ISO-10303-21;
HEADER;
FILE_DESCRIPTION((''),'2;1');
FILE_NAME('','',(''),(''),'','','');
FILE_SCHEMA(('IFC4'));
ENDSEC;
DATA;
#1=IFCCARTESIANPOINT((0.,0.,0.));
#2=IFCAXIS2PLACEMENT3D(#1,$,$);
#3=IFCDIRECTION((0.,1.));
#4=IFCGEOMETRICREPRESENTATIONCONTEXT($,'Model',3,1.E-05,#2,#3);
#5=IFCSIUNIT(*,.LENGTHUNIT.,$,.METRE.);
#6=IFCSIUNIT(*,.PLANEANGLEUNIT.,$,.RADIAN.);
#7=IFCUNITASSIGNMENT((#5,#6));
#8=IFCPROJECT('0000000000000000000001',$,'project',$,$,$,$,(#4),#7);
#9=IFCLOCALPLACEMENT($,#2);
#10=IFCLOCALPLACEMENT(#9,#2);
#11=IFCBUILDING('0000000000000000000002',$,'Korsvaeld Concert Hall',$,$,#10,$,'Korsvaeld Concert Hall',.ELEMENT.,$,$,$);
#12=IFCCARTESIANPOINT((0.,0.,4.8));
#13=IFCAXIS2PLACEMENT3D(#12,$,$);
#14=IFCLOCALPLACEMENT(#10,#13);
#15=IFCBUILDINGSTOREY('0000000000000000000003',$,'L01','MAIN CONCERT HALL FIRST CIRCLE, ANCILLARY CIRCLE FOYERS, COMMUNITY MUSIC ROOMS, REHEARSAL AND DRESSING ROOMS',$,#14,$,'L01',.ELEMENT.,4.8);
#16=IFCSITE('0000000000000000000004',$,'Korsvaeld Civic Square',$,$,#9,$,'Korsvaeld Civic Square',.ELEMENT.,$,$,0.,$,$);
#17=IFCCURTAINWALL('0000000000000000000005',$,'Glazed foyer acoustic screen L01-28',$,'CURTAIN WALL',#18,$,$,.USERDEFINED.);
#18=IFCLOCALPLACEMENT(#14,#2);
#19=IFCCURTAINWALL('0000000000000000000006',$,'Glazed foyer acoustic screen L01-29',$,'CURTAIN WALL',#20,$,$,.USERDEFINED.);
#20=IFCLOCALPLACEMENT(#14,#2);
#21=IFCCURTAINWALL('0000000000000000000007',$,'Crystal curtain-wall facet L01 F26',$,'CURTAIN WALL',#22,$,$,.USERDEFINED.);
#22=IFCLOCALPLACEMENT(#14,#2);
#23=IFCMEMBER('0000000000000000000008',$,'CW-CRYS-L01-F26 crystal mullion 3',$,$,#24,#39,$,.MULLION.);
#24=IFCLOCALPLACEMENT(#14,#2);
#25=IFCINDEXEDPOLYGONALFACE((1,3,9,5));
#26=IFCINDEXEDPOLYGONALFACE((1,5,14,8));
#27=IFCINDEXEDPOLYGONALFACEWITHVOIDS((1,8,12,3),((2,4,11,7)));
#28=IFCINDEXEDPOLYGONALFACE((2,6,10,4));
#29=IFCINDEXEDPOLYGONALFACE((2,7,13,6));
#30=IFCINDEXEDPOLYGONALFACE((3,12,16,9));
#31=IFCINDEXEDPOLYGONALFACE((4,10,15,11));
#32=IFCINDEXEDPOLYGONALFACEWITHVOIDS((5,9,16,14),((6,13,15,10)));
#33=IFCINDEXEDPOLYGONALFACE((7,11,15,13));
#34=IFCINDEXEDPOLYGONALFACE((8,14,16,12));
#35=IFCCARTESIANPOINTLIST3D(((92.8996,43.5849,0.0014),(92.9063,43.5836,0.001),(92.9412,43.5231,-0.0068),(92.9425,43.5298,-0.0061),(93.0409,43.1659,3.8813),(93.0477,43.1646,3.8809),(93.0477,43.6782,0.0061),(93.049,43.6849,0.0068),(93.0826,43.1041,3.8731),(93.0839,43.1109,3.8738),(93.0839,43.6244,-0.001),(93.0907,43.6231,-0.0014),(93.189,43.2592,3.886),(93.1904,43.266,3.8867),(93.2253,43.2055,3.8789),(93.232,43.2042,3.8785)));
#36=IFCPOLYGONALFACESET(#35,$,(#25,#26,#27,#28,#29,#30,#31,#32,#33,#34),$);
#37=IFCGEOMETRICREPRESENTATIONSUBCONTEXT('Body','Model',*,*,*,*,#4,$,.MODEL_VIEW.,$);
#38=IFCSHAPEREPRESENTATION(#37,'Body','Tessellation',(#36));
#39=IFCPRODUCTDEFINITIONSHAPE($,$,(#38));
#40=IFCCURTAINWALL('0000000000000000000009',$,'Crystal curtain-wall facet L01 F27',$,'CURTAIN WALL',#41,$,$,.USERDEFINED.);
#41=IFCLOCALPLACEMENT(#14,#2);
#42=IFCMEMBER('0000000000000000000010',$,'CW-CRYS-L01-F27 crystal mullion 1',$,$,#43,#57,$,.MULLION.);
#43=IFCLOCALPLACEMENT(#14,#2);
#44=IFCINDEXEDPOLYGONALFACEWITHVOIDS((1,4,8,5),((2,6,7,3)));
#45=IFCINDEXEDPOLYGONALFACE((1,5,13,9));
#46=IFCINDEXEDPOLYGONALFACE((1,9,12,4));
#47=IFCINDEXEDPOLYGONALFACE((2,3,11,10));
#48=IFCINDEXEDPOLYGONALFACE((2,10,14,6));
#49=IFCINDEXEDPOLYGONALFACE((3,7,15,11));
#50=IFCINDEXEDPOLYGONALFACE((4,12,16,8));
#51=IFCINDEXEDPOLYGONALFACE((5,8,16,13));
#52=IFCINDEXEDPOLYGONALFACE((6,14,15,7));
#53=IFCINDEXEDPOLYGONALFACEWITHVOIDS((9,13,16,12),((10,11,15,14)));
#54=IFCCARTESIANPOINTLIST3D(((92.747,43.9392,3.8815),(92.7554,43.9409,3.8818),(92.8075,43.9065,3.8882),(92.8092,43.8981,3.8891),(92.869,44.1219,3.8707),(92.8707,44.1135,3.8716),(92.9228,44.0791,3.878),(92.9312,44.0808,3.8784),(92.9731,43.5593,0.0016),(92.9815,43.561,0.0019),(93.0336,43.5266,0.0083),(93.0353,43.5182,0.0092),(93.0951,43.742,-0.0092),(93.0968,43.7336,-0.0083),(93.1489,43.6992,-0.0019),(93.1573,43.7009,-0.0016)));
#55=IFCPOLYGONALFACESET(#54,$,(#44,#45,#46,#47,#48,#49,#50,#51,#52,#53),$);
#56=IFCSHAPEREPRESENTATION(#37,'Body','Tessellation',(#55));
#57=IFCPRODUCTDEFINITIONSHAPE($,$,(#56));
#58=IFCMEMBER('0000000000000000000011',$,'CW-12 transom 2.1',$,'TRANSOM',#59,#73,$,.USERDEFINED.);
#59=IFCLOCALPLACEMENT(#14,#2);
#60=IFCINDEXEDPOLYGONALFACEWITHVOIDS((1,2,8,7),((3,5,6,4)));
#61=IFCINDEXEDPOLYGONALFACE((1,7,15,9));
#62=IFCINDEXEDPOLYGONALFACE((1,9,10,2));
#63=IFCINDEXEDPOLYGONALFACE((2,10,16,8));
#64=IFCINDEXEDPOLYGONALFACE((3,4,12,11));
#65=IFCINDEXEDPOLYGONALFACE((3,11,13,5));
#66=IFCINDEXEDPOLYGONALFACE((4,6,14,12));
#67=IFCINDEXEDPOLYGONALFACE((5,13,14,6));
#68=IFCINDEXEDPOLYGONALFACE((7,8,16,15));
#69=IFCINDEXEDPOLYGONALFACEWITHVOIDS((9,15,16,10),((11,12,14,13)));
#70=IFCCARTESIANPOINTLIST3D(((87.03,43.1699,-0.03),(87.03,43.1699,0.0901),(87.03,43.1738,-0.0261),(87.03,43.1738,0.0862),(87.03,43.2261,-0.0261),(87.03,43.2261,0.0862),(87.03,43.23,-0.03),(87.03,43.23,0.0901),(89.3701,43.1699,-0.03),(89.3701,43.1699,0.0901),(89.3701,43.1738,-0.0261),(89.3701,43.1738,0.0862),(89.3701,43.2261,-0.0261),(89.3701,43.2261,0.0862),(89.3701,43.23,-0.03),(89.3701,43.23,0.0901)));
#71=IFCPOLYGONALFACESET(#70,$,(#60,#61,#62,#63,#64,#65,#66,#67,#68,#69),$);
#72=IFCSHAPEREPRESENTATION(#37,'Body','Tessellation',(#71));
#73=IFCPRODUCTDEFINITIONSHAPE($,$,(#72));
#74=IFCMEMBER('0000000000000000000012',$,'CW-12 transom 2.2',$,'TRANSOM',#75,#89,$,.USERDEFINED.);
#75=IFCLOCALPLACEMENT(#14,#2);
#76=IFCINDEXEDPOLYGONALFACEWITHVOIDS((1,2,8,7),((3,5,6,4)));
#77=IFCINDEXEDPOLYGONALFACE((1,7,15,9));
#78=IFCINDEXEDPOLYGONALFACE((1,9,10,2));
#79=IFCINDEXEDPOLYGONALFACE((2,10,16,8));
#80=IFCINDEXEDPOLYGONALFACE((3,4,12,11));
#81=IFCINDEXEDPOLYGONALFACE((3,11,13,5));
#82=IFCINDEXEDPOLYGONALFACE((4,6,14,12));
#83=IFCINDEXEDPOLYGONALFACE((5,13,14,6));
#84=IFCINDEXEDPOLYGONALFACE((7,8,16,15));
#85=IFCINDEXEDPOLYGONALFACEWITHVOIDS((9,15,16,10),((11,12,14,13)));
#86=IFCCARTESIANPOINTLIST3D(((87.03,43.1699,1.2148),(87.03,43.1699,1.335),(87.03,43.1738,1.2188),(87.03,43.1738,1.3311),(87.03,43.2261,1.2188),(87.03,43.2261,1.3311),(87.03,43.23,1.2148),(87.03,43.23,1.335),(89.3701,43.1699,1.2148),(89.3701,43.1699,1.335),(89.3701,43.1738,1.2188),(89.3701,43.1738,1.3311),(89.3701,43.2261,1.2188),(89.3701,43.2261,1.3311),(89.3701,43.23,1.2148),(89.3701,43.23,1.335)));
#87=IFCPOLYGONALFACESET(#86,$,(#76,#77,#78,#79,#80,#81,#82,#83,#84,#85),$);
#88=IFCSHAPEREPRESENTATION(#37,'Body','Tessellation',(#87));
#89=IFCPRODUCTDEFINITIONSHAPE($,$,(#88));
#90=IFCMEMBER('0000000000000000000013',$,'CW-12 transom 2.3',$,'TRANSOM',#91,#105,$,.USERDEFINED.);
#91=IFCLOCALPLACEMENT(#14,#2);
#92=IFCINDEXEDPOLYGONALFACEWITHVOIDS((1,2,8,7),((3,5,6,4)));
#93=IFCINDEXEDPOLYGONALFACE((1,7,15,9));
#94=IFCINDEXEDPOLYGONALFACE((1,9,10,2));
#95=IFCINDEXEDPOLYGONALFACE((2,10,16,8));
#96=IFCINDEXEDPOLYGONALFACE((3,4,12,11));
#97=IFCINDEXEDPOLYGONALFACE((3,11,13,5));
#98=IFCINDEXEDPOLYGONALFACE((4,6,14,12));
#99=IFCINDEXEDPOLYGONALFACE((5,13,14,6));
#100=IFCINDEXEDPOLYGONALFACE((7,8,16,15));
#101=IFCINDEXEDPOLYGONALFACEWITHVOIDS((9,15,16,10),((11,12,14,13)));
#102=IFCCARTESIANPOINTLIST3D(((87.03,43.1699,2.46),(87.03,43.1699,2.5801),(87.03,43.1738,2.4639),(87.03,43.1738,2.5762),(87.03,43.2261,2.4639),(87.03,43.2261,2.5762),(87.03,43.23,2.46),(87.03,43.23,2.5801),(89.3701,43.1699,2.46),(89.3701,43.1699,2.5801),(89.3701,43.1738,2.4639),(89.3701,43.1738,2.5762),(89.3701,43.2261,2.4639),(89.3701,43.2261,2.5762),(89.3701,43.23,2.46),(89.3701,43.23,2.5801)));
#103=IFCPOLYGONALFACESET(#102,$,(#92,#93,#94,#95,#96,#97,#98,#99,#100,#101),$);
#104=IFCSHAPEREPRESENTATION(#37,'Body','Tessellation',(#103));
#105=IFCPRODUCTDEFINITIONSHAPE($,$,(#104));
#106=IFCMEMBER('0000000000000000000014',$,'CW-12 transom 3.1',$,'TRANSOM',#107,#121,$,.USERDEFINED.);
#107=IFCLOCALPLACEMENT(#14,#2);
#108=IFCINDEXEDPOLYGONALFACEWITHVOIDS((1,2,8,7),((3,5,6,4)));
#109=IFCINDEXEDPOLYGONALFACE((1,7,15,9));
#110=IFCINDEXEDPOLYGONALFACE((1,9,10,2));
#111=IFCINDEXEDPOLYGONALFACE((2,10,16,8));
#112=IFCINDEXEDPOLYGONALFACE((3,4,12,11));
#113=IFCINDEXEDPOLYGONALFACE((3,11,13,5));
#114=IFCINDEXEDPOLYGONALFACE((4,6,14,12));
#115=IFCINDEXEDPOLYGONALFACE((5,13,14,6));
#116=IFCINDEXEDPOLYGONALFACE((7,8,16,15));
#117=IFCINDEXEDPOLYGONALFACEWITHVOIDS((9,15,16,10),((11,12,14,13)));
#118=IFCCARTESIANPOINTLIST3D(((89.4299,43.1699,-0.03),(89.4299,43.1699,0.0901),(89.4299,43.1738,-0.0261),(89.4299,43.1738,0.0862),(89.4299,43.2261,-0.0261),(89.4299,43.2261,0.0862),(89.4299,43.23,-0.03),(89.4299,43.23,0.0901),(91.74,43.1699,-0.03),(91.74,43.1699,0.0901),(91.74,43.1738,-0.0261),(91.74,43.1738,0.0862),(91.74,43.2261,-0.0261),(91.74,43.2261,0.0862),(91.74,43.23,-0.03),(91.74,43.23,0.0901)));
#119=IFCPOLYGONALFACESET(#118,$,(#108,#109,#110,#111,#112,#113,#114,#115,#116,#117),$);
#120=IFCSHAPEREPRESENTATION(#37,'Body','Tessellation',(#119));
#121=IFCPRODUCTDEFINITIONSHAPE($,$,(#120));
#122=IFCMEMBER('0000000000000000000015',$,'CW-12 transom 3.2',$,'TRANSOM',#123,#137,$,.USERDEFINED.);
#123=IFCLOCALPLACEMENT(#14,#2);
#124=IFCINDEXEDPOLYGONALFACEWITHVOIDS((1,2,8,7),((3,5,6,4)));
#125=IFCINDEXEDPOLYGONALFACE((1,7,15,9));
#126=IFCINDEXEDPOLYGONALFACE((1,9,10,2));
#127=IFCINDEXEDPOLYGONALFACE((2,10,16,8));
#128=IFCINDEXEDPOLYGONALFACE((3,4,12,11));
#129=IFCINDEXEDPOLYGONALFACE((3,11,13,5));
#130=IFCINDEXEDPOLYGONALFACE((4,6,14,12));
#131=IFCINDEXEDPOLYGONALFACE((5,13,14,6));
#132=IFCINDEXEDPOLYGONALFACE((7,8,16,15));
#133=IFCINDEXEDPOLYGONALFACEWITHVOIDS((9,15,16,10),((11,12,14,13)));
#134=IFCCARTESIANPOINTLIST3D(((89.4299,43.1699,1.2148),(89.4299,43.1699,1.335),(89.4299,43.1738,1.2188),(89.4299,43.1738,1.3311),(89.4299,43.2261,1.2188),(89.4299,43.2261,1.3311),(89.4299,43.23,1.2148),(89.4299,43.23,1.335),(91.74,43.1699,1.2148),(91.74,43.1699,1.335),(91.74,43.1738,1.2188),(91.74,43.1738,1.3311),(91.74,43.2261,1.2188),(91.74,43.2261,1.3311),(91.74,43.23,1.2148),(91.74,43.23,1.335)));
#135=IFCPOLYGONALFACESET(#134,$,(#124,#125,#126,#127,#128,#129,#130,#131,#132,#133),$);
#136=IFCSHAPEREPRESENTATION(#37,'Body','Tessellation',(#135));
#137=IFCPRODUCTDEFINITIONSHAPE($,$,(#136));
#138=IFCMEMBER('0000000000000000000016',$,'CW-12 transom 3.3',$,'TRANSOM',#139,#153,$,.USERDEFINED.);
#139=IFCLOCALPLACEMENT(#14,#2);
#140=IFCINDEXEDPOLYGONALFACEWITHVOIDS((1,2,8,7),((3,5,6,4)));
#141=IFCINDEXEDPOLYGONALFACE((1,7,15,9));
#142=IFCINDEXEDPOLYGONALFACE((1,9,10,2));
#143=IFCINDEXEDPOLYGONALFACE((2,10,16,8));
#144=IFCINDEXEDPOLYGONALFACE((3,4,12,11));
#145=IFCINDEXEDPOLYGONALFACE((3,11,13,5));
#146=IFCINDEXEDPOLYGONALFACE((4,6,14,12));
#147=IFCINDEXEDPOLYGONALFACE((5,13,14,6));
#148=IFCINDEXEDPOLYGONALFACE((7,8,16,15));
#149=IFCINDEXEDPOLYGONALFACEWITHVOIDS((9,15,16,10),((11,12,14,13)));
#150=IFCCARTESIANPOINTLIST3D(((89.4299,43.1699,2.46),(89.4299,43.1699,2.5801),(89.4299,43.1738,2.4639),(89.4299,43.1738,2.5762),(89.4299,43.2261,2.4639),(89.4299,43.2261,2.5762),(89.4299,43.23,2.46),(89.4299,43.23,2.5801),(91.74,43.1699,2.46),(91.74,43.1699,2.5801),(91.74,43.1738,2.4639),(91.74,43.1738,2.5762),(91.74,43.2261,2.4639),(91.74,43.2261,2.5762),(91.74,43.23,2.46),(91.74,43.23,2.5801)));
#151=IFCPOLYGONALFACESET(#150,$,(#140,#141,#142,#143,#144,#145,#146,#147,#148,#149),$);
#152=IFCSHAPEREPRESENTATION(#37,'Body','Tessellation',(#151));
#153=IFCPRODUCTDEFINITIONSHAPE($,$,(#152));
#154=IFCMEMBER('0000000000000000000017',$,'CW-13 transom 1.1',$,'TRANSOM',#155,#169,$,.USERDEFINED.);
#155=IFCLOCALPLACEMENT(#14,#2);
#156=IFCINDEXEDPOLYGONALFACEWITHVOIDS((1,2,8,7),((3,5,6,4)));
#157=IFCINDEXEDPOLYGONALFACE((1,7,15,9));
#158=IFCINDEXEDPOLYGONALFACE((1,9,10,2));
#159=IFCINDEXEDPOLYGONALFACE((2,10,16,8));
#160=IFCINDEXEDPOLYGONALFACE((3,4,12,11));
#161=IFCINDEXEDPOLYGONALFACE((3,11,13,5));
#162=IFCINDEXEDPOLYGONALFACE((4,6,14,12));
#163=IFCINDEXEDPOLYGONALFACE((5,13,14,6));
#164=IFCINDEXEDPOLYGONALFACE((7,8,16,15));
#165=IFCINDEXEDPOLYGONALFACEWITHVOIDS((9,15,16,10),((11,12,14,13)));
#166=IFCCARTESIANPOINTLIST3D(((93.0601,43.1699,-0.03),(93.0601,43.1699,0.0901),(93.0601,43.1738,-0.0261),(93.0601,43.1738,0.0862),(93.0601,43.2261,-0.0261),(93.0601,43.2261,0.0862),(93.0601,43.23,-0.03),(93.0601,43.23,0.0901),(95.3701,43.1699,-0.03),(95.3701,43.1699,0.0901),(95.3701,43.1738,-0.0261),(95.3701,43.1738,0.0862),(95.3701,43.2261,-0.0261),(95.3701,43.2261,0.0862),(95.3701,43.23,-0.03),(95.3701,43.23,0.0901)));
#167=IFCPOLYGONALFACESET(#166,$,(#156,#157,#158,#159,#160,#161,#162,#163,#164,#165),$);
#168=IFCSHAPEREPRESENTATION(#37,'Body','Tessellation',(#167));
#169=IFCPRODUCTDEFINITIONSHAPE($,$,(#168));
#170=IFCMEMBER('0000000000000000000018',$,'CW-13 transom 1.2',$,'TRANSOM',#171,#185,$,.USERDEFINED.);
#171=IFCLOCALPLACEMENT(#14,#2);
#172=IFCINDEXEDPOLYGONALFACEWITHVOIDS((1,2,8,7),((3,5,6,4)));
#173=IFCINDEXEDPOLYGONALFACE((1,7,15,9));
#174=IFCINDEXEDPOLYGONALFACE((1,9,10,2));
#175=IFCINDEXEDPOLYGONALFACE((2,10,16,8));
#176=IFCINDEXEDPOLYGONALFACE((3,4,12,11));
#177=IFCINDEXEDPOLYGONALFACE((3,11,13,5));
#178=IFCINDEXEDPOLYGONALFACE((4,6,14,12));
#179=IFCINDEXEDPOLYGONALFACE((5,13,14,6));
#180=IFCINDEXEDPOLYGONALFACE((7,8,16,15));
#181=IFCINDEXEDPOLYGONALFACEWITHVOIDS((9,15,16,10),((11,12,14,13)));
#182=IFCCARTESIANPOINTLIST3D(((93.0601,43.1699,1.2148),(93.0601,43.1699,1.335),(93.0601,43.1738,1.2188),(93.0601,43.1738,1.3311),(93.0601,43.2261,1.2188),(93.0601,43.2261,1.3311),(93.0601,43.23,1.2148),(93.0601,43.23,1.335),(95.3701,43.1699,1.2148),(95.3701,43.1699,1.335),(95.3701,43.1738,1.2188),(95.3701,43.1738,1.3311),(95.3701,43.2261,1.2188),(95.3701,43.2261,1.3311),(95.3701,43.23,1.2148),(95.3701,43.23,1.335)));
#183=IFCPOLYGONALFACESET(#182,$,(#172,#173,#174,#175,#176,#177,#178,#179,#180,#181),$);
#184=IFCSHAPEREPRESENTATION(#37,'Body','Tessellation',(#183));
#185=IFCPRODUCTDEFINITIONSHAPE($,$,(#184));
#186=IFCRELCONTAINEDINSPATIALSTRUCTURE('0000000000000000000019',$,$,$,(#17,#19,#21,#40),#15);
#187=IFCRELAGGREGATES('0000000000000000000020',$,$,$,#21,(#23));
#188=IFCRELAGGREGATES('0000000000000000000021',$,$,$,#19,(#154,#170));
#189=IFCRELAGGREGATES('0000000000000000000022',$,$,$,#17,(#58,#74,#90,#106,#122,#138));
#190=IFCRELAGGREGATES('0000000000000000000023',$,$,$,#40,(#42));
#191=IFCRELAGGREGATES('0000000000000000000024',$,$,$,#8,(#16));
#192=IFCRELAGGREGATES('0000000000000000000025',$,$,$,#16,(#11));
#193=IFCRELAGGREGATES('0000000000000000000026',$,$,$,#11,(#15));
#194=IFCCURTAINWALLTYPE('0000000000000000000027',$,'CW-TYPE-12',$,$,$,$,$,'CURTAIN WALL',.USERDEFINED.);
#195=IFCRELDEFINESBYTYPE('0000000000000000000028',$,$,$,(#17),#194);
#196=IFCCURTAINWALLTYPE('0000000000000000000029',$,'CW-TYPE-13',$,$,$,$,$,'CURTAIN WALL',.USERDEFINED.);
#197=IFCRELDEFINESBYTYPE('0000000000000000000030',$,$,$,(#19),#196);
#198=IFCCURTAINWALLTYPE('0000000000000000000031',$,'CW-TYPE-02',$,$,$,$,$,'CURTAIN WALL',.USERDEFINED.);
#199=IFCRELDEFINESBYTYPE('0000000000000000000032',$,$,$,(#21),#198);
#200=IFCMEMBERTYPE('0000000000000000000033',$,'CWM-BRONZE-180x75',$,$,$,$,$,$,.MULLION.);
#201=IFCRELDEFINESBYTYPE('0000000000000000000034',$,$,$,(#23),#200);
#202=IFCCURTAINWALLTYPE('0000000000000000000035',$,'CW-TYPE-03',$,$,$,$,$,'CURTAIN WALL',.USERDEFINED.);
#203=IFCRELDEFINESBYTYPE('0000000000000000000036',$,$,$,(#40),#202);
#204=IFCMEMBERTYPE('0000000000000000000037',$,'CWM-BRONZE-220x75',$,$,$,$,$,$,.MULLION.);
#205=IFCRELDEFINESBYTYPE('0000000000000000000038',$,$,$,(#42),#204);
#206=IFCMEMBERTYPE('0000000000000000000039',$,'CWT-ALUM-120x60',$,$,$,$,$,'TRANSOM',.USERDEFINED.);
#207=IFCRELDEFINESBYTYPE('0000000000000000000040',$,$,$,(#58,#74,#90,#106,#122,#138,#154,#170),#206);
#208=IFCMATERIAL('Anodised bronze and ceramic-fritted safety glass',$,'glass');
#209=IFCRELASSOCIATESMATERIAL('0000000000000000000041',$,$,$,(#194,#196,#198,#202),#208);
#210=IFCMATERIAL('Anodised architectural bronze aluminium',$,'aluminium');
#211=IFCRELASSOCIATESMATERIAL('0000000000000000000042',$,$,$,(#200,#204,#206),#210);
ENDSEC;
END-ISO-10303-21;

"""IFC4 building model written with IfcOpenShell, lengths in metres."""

from ifc_helpers import new_model, si_unit, direction, frame, origin, origin_2d, place, context, subcontext, project, spatial, hollow_rectangle, extrude, material, material_profile, profile_set, type_object, element, aggregate, save


model = new_model("IFC4")

# Units and contexts
model_context = context("Model", 3, precision=1e-05, world=origin(), true_north=direction((0.0, 1.0)))
body_context = subcontext(model_context, "Body", "Model", "MODEL_VIEW")
ifc_project = project(units=[si_unit("LENGTHUNIT", "METRE"), si_unit("PLANEANGLEUNIT", "RADIAN")], contexts=[model_context])

# Site, building, storey
site_placement = place(None, origin())
site = spatial("IfcSite", under=ifc_project, at=site_placement, Name="Korsvaeld Civic Square", LongName="Korsvaeld Civic Square", CompositionType="ELEMENT", RefElevation=0.0)
building_placement = place(site_placement, origin())
building = spatial("IfcBuilding", under=site, at=building_placement, Name="Korsvaeld Concert Hall", LongName="Korsvaeld Concert Hall", CompositionType="ELEMENT")
storey_placement = place(building_placement, frame((0.0, 0.0, 4.8)))
storey = spatial("IfcBuildingStorey", under=building, at=storey_placement, Name="L01", Description="MAIN CONCERT HALL FIRST CIRCLE, ANCILLARY CIRCLE FOYERS, COMMUNITY MUSIC ROOMS, REHEARSAL AND DRESSING ROOMS", LongName="L01", CompositionType="ELEMENT", Elevation=4.8)

# Curtain wall
ifc_material_1 = material(Name="Anodised bronze and ceramic-fritted safety glass", Category="glass")
curtain_wall_type_1 = type_object("IfcCurtainWallType", Name="CW-TYPE-12", ElementType="CURTAIN WALL", PredefinedType="USERDEFINED", material=ifc_material_1)
curtain_wall_1_placement = place(storey_placement, origin())
curtain_wall_1 = element("IfcCurtainWall", 1, at=curtain_wall_1_placement, inside=storey, type_object=curtain_wall_type_1, Name="Glazed foyer acoustic screen L01-28", ObjectType="CURTAIN WALL", PredefinedType="USERDEFINED")
ifc_material_2 = material(Name="Anodised architectural bronze aluminium", Category="aluminium")

# Curtain walls, members
curtain_wall_type_2 = type_object("IfcCurtainWallType", Name="CW-TYPE-13", ElementType="CURTAIN WALL", PredefinedType="USERDEFINED", material=ifc_material_1)
curtain_wall_2_placement = place(storey_placement, origin())
curtain_wall_2 = element("IfcCurtainWall", 2, at=curtain_wall_2_placement, inside=storey, type_object=curtain_wall_type_2, Name="Glazed foyer acoustic screen L01-29", ObjectType="CURTAIN WALL", PredefinedType="USERDEFINED")
curtain_wall_type_3 = type_object("IfcCurtainWallType", Name="CW-TYPE-02", ElementType="CURTAIN WALL", PredefinedType="USERDEFINED", material=ifc_material_1)
curtain_wall_3_placement = place(storey_placement, origin())
curtain_wall_3 = element("IfcCurtainWall", 3, at=curtain_wall_3_placement, inside=storey, type_object=curtain_wall_type_3, Name="Crystal curtain-wall facet L01 F26", ObjectType="CURTAIN WALL", PredefinedType="USERDEFINED")
ifc_material_profile_1 = material_profile(ifc_material_2, hollow_rectangle(XDim=0.075, YDim=0.1799, WallThickness=0.0049, at=origin_2d()), Name="CWM 180x75x5")
ifc_profile_set_1 = profile_set([ifc_material_profile_1], Name="Anodised architectural bronze aluminium")
member_type_1 = type_object("IfcMemberType", Name="CWM-BRONZE-180x75", PredefinedType="MULLION", material=ifc_profile_set_1)
member_1_placement = place(storey_placement, frame((92.9951, 43.604, 0.0), z_axis=(0.036199, -0.107284, 0.993569), x_axis=(-0.555586, 0.824251, 0.109244)))
member_1 = element("IfcMember", 4, at=member_1_placement, type_object=member_type_1, Name="CW-CRYS-L01-F26 crystal mullion 3", PredefinedType="MULLION", context=body_context, shape_type="SweptSolid", body=[
    extrude(hollow_rectangle(XDim=0.075, YDim=0.1799, WallThickness=0.0049, at=origin_2d()), origin(), (0.0, 0.0, 1.0), 3.905),
])
aggregate(curtain_wall_3, [member_1])
curtain_wall_type_4 = type_object("IfcCurtainWallType", Name="CW-TYPE-03", ElementType="CURTAIN WALL", PredefinedType="USERDEFINED", material=ifc_material_1)
curtain_wall_4_placement = place(storey_placement, origin())
curtain_wall_4 = element("IfcCurtainWall", 5, at=curtain_wall_4_placement, inside=storey, type_object=curtain_wall_type_4, Name="Crystal curtain-wall facet L01 F27", ObjectType="CURTAIN WALL", PredefinedType="USERDEFINED")
ifc_material_profile_2 = material_profile(ifc_material_2, hollow_rectangle(XDim=0.075, YDim=0.22, WallThickness=0.0061, at=origin_2d()), Name="CWM 220x75x6")
ifc_profile_set_2 = profile_set([ifc_material_profile_2], Name="Anodised architectural bronze aluminium")
member_type_2 = type_object("IfcMemberType", Name="CWM-BRONZE-220x75", PredefinedType="MULLION", material=ifc_profile_set_2)
member_2_placement = place(storey_placement, frame((93.0652, 43.6301, 0.0), z_axis=(-0.057894, 0.097281, 0.993572), x_axis=(0.829999, -0.548349, 0.102052)))
member_2 = element("IfcMember", 6, at=member_2_placement, type_object=member_type_2, Name="CW-CRYS-L01-F27 crystal mullion 1", PredefinedType="MULLION", context=body_context, shape_type="SweptSolid", body=[
    extrude(hollow_rectangle(XDim=0.075, YDim=0.22, WallThickness=0.0061, at=origin_2d()), origin(), (0.0, 0.0, 1.0), 3.905),
])

# Members
ifc_material_profile_3 = material_profile(ifc_material_2, hollow_rectangle(XDim=0.0601, YDim=0.1201, WallThickness=0.0039, at=origin_2d()), Name="CWT 120x60x4")
ifc_profile_set_3 = profile_set([ifc_material_profile_3], Name="Anodised architectural bronze aluminium")
member_type_3 = type_object("IfcMemberType", Name="CWT-ALUM-120x60", ElementType="TRANSOM", PredefinedType="USERDEFINED", material=ifc_profile_set_3)
member_3_placement = place(storey_placement, frame((87.03, 43.2, 0.03), z_axis=(1.0, 0.0, 0.0), x_axis=(0.0, 1.0, 0.0)))
member_3 = element("IfcMember", 7, at=member_3_placement, type_object=member_type_3, Name="CW-12 transom 2.1", ObjectType="TRANSOM", PredefinedType="USERDEFINED", context=body_context, shape_type="SweptSolid", body=[
    extrude(hollow_rectangle(XDim=0.0601, YDim=0.1201, WallThickness=0.0039, at=origin_2d()), origin(), (0.0, 0.0, 1.0), 2.3401),
])
member_4_placement = place(storey_placement, frame((87.03, 43.2, 1.2749), z_axis=(1.0, 0.0, 0.0), x_axis=(0.0, 1.0, 0.0)))
member_4 = element("IfcMember", 8, at=member_4_placement, type_object=member_type_3, Name="CW-12 transom 2.2", ObjectType="TRANSOM", PredefinedType="USERDEFINED", context=body_context, shape_type="SweptSolid", body=[
    extrude(hollow_rectangle(XDim=0.0601, YDim=0.1201, WallThickness=0.0039, at=origin_2d()), origin(), (0.0, 0.0, 1.0), 2.3401),
])
member_5_placement = place(storey_placement, frame((87.03, 43.2, 2.52), z_axis=(1.0, 0.0, 0.0), x_axis=(0.0, 1.0, 0.0)))
member_5 = element("IfcMember", 9, at=member_5_placement, type_object=member_type_3, Name="CW-12 transom 2.3", ObjectType="TRANSOM", PredefinedType="USERDEFINED", context=body_context, shape_type="SweptSolid", body=[
    extrude(hollow_rectangle(XDim=0.0601, YDim=0.1201, WallThickness=0.0039, at=origin_2d()), origin(), (0.0, 0.0, 1.0), 2.3401),
])
member_6_placement = place(storey_placement, frame((89.4299, 43.2, 0.03), z_axis=(1.0, 0.0, 0.0), x_axis=(0.0, 1.0, 0.0)))
member_6 = element("IfcMember", 10, at=member_6_placement, type_object=member_type_3, Name="CW-12 transom 3.1", ObjectType="TRANSOM", PredefinedType="USERDEFINED", context=body_context, shape_type="SweptSolid", body=[
    extrude(hollow_rectangle(XDim=0.0601, YDim=0.1201, WallThickness=0.0039, at=origin_2d()), origin(), (0.0, 0.0, 1.0), 2.3101),
])
member_7_placement = place(storey_placement, frame((89.4299, 43.2, 1.2749), z_axis=(1.0, 0.0, 0.0), x_axis=(0.0, 1.0, 0.0)))
member_7 = element("IfcMember", 11, at=member_7_placement, type_object=member_type_3, Name="CW-12 transom 3.2", ObjectType="TRANSOM", PredefinedType="USERDEFINED", context=body_context, shape_type="SweptSolid", body=[
    extrude(hollow_rectangle(XDim=0.0601, YDim=0.1201, WallThickness=0.0039, at=origin_2d()), origin(), (0.0, 0.0, 1.0), 2.3101),
])
member_8_placement = place(storey_placement, frame((89.4299, 43.2, 2.52), z_axis=(1.0, 0.0, 0.0), x_axis=(0.0, 1.0, 0.0)))
member_8 = element("IfcMember", 12, at=member_8_placement, type_object=member_type_3, Name="CW-12 transom 3.3", ObjectType="TRANSOM", PredefinedType="USERDEFINED", context=body_context, shape_type="SweptSolid", body=[
    extrude(hollow_rectangle(XDim=0.0601, YDim=0.1201, WallThickness=0.0039, at=origin_2d()), origin(), (0.0, 0.0, 1.0), 2.3101),
])
member_9_placement = place(storey_placement, frame((93.0601, 43.2, 0.03), z_axis=(1.0, 0.0, 0.0), x_axis=(0.0, 1.0, 0.0)))
member_9 = element("IfcMember", 13, at=member_9_placement, type_object=member_type_3, Name="CW-13 transom 1.1", ObjectType="TRANSOM", PredefinedType="USERDEFINED", context=body_context, shape_type="SweptSolid", body=[
    extrude(hollow_rectangle(XDim=0.0601, YDim=0.1201, WallThickness=0.0039, at=origin_2d()), origin(), (0.0, 0.0, 1.0), 2.3101),
])
member_10_placement = place(storey_placement, frame((93.0601, 43.2, 1.2749), z_axis=(1.0, 0.0, 0.0), x_axis=(0.0, 1.0, 0.0)))
member_10 = element("IfcMember", 14, at=member_10_placement, type_object=member_type_3, Name="CW-13 transom 1.2", ObjectType="TRANSOM", PredefinedType="USERDEFINED", context=body_context, shape_type="SweptSolid", body=[
    extrude(hollow_rectangle(XDim=0.0601, YDim=0.1201, WallThickness=0.0039, at=origin_2d()), origin(), (0.0, 0.0, 1.0), 2.3101),
])
aggregate(curtain_wall_2, [member_9, member_10])

aggregate(curtain_wall_1, [member_3, member_4, member_5, member_6, member_7, member_8])
aggregate(curtain_wall_4, [member_2])

save(model, "model.ifc")
